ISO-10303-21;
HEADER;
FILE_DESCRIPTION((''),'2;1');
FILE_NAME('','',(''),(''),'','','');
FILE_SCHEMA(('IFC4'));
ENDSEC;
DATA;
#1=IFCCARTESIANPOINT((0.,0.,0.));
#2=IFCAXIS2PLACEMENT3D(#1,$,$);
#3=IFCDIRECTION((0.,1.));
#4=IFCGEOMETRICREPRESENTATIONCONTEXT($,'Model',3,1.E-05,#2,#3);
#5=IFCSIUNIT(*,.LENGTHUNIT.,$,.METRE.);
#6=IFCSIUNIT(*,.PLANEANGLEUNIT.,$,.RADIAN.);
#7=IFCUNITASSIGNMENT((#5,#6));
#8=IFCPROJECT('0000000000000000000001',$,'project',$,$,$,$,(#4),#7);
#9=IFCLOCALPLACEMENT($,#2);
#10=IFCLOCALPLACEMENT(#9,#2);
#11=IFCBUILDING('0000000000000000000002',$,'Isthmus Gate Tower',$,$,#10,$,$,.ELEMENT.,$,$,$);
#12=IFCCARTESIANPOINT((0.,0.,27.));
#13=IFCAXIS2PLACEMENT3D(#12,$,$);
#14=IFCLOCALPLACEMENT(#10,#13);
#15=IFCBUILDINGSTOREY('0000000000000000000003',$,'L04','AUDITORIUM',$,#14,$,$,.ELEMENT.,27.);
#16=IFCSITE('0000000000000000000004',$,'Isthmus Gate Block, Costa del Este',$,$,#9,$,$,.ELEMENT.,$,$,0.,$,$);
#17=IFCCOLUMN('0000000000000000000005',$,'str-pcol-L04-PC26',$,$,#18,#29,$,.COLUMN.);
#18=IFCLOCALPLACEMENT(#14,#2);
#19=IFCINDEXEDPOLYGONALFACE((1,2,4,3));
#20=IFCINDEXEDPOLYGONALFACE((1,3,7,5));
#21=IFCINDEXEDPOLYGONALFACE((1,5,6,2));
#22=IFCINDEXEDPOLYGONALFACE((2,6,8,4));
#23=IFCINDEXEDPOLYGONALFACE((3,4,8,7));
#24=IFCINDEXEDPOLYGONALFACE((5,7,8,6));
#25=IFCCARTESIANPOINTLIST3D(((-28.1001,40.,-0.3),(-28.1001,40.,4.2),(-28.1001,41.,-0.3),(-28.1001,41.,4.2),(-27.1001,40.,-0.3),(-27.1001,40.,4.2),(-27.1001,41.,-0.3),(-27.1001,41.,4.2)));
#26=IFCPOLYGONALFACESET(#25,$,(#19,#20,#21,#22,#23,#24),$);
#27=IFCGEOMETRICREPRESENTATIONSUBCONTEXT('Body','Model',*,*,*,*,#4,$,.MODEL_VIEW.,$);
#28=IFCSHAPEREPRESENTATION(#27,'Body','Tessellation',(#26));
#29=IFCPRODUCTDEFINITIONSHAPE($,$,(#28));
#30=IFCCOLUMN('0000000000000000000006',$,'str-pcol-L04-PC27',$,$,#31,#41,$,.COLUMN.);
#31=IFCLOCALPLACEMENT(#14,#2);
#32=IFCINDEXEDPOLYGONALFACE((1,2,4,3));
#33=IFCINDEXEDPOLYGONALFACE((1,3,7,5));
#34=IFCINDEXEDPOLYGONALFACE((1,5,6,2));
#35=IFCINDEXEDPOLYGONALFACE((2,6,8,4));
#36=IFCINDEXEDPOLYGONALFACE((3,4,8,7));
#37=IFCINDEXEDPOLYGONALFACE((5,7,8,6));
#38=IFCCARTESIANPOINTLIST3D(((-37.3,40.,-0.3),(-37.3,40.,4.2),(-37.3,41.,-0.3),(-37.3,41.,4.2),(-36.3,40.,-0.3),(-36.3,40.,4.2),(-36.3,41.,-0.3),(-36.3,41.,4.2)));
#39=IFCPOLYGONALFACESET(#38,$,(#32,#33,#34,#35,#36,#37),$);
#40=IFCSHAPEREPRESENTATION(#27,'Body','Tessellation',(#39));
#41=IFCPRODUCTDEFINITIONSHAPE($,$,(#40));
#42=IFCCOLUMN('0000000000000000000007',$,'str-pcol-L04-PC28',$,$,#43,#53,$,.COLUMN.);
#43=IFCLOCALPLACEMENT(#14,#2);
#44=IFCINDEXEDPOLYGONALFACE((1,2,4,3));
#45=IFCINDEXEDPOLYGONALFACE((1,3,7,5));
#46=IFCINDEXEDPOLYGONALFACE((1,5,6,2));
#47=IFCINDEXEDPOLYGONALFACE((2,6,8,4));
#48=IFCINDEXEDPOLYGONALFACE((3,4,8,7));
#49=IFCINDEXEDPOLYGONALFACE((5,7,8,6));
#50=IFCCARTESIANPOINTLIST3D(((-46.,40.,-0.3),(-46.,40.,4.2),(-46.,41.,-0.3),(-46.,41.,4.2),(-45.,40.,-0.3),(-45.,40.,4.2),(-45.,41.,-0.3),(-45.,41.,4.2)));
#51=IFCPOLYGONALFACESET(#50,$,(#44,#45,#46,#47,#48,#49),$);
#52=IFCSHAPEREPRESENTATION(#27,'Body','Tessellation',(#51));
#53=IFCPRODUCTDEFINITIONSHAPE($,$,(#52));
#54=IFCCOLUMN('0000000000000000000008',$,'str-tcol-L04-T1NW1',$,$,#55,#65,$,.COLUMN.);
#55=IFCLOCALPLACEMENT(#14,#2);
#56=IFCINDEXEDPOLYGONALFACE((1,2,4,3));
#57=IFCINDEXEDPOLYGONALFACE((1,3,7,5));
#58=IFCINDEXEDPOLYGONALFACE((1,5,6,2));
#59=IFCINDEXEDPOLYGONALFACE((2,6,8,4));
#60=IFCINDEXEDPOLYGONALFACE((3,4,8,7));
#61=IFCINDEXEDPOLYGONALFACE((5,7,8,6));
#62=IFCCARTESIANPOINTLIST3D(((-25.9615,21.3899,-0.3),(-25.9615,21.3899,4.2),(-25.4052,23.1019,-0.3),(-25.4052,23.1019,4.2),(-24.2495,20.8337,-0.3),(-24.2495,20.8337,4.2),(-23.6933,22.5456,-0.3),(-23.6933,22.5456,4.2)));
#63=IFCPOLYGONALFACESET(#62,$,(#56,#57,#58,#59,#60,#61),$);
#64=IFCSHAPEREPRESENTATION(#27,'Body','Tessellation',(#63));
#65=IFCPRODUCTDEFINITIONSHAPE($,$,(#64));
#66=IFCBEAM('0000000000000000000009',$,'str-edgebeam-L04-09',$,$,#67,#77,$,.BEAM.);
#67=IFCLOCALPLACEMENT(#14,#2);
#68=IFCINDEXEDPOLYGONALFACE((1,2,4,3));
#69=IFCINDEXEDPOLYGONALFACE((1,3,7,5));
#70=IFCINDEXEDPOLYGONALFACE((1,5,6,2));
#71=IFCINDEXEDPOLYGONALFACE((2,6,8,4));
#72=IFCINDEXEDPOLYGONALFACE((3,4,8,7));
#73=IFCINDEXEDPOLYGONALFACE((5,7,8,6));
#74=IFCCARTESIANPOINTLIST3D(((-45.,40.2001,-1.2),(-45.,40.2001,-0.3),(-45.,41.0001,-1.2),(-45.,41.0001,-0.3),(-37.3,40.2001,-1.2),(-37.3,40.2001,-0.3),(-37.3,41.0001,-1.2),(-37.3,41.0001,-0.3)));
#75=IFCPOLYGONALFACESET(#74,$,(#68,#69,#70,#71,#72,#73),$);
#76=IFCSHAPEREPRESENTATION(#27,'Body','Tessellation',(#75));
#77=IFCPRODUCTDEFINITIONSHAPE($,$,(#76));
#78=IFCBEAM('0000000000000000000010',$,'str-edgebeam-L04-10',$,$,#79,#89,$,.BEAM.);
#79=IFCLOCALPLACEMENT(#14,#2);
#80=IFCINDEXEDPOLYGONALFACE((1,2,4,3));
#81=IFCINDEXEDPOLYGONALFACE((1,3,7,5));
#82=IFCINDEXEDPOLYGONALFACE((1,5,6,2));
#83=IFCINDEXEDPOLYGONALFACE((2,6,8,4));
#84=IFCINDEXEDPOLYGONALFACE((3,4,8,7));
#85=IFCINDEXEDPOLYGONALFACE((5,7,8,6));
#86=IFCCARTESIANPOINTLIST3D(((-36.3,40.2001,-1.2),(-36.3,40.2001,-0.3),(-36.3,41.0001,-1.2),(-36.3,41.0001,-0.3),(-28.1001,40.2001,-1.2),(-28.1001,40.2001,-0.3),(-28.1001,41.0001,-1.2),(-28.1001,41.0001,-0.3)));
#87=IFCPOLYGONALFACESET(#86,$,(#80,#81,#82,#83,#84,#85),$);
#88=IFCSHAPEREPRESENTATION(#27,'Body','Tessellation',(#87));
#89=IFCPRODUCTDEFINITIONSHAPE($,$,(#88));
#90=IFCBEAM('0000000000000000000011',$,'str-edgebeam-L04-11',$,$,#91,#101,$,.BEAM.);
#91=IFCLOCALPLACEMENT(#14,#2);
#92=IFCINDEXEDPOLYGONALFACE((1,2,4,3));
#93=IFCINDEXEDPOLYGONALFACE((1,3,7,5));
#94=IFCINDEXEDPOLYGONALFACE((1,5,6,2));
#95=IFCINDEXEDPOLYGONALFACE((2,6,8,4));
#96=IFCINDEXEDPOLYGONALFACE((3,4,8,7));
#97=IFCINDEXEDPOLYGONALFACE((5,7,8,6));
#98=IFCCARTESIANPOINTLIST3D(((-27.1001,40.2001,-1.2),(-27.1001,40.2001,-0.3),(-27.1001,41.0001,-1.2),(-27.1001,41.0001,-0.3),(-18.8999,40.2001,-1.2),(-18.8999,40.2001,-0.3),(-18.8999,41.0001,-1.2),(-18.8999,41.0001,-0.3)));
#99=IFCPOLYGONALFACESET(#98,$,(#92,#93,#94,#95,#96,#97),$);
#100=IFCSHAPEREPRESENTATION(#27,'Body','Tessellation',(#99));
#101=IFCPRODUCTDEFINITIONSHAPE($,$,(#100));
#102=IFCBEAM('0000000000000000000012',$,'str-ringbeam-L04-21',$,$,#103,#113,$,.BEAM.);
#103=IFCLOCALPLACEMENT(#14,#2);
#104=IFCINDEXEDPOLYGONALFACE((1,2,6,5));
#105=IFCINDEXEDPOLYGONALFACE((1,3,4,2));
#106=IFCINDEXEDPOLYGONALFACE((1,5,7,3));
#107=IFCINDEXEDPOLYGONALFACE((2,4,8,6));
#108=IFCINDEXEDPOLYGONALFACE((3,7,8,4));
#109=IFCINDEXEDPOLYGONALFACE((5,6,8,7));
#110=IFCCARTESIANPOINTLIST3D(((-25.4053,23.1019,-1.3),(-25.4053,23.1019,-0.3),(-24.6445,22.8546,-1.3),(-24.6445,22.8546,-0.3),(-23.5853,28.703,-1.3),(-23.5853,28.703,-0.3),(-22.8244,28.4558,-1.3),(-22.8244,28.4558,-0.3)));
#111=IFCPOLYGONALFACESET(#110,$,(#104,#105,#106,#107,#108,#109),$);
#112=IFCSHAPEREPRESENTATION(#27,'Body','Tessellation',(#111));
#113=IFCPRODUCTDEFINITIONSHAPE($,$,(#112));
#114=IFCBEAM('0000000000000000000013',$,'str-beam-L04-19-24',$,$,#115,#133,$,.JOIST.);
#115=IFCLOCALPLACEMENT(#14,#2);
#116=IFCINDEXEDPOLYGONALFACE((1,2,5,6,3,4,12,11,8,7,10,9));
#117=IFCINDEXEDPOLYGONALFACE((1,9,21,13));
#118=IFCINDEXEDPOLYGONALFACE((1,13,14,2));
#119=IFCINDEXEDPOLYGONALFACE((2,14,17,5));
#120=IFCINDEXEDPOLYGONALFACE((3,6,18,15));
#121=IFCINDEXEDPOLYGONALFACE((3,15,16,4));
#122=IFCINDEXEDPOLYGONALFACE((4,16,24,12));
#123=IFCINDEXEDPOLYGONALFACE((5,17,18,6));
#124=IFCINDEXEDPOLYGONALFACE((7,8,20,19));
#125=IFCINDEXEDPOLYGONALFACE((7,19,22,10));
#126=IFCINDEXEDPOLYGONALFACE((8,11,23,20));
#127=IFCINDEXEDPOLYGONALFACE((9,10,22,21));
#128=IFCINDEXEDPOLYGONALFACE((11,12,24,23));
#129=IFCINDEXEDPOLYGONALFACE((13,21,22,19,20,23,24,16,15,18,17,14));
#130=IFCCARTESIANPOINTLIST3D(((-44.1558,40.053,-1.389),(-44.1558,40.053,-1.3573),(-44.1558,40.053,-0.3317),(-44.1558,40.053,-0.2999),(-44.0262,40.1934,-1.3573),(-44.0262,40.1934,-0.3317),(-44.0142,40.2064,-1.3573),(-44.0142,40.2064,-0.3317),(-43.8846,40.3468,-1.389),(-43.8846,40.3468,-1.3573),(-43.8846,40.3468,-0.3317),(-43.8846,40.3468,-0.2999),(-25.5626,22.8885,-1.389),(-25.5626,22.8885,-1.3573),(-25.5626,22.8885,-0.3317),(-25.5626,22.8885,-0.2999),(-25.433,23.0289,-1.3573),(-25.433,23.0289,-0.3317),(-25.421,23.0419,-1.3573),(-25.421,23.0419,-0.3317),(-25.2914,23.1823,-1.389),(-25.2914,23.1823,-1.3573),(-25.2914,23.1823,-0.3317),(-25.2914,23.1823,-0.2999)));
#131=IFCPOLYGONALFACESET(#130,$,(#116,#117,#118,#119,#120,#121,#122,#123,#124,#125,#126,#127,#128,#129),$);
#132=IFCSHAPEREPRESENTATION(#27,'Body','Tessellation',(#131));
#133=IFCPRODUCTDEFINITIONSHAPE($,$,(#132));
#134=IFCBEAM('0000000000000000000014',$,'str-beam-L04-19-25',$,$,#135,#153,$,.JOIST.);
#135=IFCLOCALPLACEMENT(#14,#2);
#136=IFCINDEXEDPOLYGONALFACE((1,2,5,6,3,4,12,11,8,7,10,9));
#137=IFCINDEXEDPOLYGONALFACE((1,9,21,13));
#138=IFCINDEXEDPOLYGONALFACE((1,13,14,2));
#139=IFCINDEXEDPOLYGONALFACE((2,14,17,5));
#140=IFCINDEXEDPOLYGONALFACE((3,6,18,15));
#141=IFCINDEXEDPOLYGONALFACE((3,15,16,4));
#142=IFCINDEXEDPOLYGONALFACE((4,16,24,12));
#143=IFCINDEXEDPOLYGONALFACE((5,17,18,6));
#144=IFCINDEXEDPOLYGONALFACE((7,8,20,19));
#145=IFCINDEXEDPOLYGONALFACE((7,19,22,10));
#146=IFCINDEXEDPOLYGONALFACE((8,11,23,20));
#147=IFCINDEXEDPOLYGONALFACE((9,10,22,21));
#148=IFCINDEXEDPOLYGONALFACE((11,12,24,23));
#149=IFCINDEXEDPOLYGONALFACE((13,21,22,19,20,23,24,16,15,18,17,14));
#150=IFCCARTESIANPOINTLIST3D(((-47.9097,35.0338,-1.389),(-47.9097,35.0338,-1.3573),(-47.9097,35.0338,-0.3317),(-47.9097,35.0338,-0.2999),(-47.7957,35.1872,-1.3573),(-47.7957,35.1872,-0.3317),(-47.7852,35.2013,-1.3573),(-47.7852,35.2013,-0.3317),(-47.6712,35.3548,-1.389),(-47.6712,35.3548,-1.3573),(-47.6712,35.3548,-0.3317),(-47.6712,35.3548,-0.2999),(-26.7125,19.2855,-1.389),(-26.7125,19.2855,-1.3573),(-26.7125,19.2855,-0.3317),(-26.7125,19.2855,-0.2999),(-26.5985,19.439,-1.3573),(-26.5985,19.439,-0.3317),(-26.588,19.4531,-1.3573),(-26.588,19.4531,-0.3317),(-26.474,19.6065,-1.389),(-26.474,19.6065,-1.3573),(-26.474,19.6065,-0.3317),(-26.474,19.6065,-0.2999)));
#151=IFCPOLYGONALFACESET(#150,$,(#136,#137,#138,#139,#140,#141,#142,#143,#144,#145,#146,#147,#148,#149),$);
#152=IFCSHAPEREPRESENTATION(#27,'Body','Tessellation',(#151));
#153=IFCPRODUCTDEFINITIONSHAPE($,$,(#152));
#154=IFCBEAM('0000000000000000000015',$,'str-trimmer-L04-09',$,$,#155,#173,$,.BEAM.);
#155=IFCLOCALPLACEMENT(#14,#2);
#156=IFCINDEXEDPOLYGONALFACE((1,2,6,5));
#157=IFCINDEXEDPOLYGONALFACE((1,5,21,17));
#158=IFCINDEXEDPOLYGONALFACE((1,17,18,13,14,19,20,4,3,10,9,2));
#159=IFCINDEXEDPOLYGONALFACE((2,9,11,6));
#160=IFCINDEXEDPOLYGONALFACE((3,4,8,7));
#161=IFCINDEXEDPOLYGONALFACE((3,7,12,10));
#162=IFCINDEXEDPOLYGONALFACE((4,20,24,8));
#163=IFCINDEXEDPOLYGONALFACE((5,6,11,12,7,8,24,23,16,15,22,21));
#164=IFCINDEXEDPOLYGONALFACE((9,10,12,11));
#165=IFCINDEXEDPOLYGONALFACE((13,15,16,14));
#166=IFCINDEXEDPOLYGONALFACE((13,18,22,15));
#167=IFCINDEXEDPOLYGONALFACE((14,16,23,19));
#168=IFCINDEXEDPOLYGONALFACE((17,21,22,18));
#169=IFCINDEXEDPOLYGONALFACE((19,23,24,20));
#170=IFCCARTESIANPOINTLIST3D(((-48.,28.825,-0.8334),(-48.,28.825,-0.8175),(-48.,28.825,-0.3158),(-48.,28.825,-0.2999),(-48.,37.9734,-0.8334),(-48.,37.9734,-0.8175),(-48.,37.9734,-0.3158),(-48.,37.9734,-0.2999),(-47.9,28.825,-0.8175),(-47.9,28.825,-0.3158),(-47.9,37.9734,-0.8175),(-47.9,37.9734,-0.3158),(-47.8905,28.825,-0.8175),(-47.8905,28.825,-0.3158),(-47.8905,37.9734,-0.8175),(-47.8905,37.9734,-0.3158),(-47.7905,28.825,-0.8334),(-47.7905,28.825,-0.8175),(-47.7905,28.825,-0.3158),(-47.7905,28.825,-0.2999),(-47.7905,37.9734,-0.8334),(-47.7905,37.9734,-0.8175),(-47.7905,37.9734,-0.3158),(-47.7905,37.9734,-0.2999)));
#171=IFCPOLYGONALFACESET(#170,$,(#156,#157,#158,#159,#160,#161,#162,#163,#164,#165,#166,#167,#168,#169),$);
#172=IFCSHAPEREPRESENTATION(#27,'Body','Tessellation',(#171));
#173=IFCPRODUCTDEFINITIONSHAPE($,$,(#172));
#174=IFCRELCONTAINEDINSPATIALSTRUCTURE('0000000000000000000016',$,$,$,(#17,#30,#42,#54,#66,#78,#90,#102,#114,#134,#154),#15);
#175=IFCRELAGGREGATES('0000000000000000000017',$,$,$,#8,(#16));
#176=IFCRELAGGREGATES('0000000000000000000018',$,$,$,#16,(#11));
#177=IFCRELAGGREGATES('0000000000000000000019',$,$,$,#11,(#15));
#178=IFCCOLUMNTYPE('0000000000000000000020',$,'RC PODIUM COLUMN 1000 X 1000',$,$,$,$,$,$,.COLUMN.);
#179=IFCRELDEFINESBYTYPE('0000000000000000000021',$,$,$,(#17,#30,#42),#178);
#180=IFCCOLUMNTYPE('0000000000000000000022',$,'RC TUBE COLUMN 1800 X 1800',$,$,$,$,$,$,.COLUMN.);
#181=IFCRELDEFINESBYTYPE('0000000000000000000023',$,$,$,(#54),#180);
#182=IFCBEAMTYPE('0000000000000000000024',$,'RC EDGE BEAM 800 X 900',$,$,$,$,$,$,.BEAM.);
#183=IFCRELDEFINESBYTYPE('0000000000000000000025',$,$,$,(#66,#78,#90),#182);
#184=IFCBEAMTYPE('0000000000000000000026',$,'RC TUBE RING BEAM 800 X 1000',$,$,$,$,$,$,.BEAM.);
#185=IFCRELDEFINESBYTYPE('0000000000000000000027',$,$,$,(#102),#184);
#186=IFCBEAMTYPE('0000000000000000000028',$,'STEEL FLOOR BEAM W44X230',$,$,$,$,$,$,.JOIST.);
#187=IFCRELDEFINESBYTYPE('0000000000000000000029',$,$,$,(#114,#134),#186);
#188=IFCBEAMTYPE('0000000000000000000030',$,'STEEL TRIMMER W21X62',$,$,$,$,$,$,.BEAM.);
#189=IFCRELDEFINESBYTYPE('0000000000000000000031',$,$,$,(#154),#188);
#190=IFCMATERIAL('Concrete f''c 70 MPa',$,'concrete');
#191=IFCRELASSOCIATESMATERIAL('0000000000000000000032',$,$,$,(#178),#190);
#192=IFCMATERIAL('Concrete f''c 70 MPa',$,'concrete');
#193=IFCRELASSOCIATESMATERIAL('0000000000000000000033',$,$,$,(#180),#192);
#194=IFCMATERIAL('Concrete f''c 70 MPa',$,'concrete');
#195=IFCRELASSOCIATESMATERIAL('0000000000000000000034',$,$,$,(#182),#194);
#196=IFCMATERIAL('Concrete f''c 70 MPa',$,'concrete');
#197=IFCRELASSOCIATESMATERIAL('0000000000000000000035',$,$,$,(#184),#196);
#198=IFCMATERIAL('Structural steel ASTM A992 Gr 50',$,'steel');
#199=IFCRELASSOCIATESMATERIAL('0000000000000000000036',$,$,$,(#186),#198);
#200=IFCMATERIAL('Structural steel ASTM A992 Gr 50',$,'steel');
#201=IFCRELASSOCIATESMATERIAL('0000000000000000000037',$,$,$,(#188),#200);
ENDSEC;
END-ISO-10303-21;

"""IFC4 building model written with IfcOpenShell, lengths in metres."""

from ifc_helpers import new_model, si_unit, direction, frame, origin, origin_2d, place, context, subcontext, project, spatial, rectangle, i_section, extrude, material, material_profile, profile_set, type_object, element, save


model = new_model("IFC4")

# Units and contexts
model_context = context("Model", 3, precision=1e-05, world=origin(), true_north=direction((0.0, 1.0)))
body_context = subcontext(model_context, "Body", "Model", "MODEL_VIEW")
ifc_project = project(units=[si_unit("LENGTHUNIT", "METRE"), si_unit("PLANEANGLEUNIT", "RADIAN")], contexts=[model_context])

# Site, building, storey
site_placement = place(None, origin())
site = spatial("IfcSite", under=ifc_project, at=site_placement, Name="Isthmus Gate Block, Costa del Este", CompositionType="ELEMENT", RefElevation=0.0)
building_placement = place(site_placement, origin())
building = spatial("IfcBuilding", under=site, at=building_placement, Name="Isthmus Gate Tower", CompositionType="ELEMENT")
storey_placement = place(building_placement, frame((0.0, 0.0, 27.0)))
storey = spatial("IfcBuildingStorey", under=building, at=storey_placement, Name="L04", Description="AUDITORIUM", CompositionType="ELEMENT", Elevation=27.0)

# Columns
ifc_material_1 = material(Name="Concrete f'c 70 MPa", Category="concrete")
ifc_material_profile_1 = material_profile(ifc_material_1, rectangle(XDim=1.0, YDim=1.0, at=origin_2d()), Name="RC 1000X1000")
ifc_profile_set_1 = profile_set([ifc_material_profile_1], Name="Concrete f'c 70 MPa")
column_type_1 = type_object("IfcColumnType", Name="RC PODIUM COLUMN 1000 X 1000", PredefinedType="COLUMN", material=ifc_profile_set_1)
for number, where, z_axis, x_axis, name in (
    (1, (-27.6001, 40.5, -0.3), (0.0, 0.0, 1.0), (-1.0, 0.0, 0.0), "str-pcol-L04-PC26"),
    (2, (-36.8, 40.5, -0.3), (0.0, 0.0, 1.0), (-1.0, 0.0, 0.0), "str-pcol-L04-PC27"),
    (3, (-45.5, 40.5, -0.3), (0.0, 0.0, 1.0), (-1.0, 0.0, 0.0), "str-pcol-L04-PC28"),
):
    element("IfcColumn", number, at=place(storey_placement, frame(where, z_axis=z_axis, x_axis=x_axis)), inside=storey, type_object=column_type_1, Name=name, PredefinedType="COLUMN", context=body_context, shape_type="SweptSolid", body=[
        extrude(rectangle(XDim=1.0, YDim=1.0, at=origin_2d()), origin(), (0.0, 0.0, 1.0), 4.5),
    ])
ifc_material_2 = material(Name="Concrete f'c 70 MPa", Category="concrete")
ifc_material_profile_2 = material_profile(ifc_material_2, rectangle(XDim=1.8, YDim=1.8, at=origin_2d()), Name="RC 1800X1800")
ifc_profile_set_2 = profile_set([ifc_material_profile_2], Name="Concrete f'c 70 MPa")
column_type_2 = type_object("IfcColumnType", Name="RC TUBE COLUMN 1800 X 1800", PredefinedType="COLUMN", material=ifc_profile_set_2)
column_placement = place(storey_placement, frame((-24.8274, 21.9678, -0.3), z_axis=(0.0, 0.0, 1.0), x_axis=(-0.309017, -0.951057, 0.0)))
element("IfcColumn", 4, at=column_placement, inside=storey, type_object=column_type_2, Name="str-tcol-L04-T1NW1", PredefinedType="COLUMN", context=body_context, shape_type="SweptSolid", body=[
    extrude(rectangle(XDim=1.8, YDim=1.8, at=origin_2d()), origin(), (0.0, 0.0, 1.0), 4.5),
])

# Beams
ifc_material_3 = material(Name="Concrete f'c 70 MPa", Category="concrete")
ifc_material_profile_3 = material_profile(ifc_material_3, rectangle(XDim=0.8, YDim=0.8999, at=origin_2d()), Name="RC 800X900")
ifc_profile_set_3 = profile_set([ifc_material_profile_3], Name="Concrete f'c 70 MPa")
beam_type_1 = type_object("IfcBeamType", Name="RC EDGE BEAM 800 X 900", PredefinedType="BEAM", material=ifc_profile_set_3)
beam_1_placement = place(storey_placement, frame((-45.0, 40.6001, -0.75), z_axis=(1.0, 0.0, 0.0), x_axis=(0.0, 1.0, 0.0)))
element("IfcBeam", 5, at=beam_1_placement, inside=storey, type_object=beam_type_1, Name="str-edgebeam-L04-09", PredefinedType="BEAM", context=body_context, shape_type="SweptSolid", body=[
    extrude(rectangle(XDim=0.8, YDim=0.8999, at=origin_2d()), origin(), (0.0, 0.0, 1.0), 7.7),
])
beam_2_placement = place(storey_placement, frame((-36.3, 40.6001, -0.75), z_axis=(1.0, 0.0, 0.0), x_axis=(0.0, 1.0, 0.0)))
element("IfcBeam", 6, at=beam_2_placement, inside=storey, type_object=beam_type_1, Name="str-edgebeam-L04-10", PredefinedType="BEAM", context=body_context, shape_type="SweptSolid", body=[
    extrude(rectangle(XDim=0.8, YDim=0.8999, at=origin_2d()), origin(), (0.0, 0.0, 1.0), 8.2),
])
beam_3_placement = place(storey_placement, frame((-27.1001, 40.6001, -0.75), z_axis=(1.0, 0.0, 0.0), x_axis=(0.0, 1.0, 0.0)))
element("IfcBeam", 7, at=beam_3_placement, inside=storey, type_object=beam_type_1, Name="str-edgebeam-L04-11", PredefinedType="BEAM", context=body_context, shape_type="SweptSolid", body=[
    extrude(rectangle(XDim=0.8, YDim=0.8999, at=origin_2d()), origin(), (0.0, 0.0, 1.0), 8.2002),
])
ifc_material_4 = material(Name="Concrete f'c 70 MPa", Category="concrete")
ifc_material_profile_4 = material_profile(ifc_material_4, rectangle(XDim=0.8, YDim=1.0, at=origin_2d()), Name="RC 800X1000")
ifc_profile_set_4 = profile_set([ifc_material_profile_4], Name="Concrete f'c 70 MPa")
beam_type_2 = type_object("IfcBeamType", Name="RC TUBE RING BEAM 800 X 1000", PredefinedType="BEAM", material=ifc_profile_set_4)
beam_4_placement = place(storey_placement, frame((-25.0249, 22.9783, -0.8), z_axis=(0.309043, 0.951048, 0.0), x_axis=(-0.951048, 0.309043, 0.0)))
element("IfcBeam", 8, at=beam_4_placement, inside=storey, type_object=beam_type_2, Name="str-ringbeam-L04-21", PredefinedType="BEAM", context=body_context, shape_type="SweptSolid", body=[
    extrude(rectangle(XDim=0.8, YDim=1.0, at=origin_2d()), origin(), (0.0, 0.0, 1.0), 5.8894),
])
ifc_material_5 = material(Name="Structural steel ASTM A992 Gr 50", Category="steel")
ifc_material_profile_5 = material_profile(ifc_material_5, i_section(OverallWidth=0.3999, OverallDepth=1.0891, WebThickness=0.0176, FlangeThickness=0.0317, at=origin_2d()), Name="W44X230")
ifc_profile_set_5 = profile_set([ifc_material_profile_5], Name="Structural steel ASTM A992 Gr 50")
beam_type_3 = type_object("IfcBeamType", Name="STEEL FLOOR BEAM W44X230", PredefinedType="JOIST", material=ifc_profile_set_5)
beam_5_placement = place(storey_placement, frame((-25.427, 23.0354, -0.8445), z_axis=(-0.734773, 0.678313, 0.0), x_axis=(-0.678313, -0.734773, 0.0)))
element("IfcBeam", 9, at=beam_5_placement, inside=storey, type_object=beam_type_3, Name="str-beam-L04-19-24", PredefinedType="JOIST", context=body_context, shape_type="SweptSolid", body=[
    extrude(i_section(OverallWidth=0.3999, OverallDepth=1.0891, WebThickness=0.0176, FlangeThickness=0.0317, at=origin_2d()), origin(), (0.0, 0.0, 1.0), 25.3047),
])
beam_6_placement = place(storey_placement, frame((-26.5933, 19.446, -0.8445), z_axis=(-0.802712, 0.596367, 0.0), x_axis=(-0.596367, -0.802712, 0.0)))
element("IfcBeam", 10, at=beam_6_placement, inside=storey, type_object=beam_type_3, Name="str-beam-L04-19-25", PredefinedType="JOIST", context=body_context, shape_type="SweptSolid", body=[
    extrude(i_section(OverallWidth=0.3999, OverallDepth=1.0891, WebThickness=0.0176, FlangeThickness=0.0317, at=origin_2d()), origin(), (0.0, 0.0, 1.0), 26.407),
])
ifc_material_6 = material(Name="Structural steel ASTM A992 Gr 50", Category="steel")
ifc_material_profile_6 = material_profile(ifc_material_6, i_section(OverallWidth=0.2095, OverallDepth=0.5334, WebThickness=0.0095, FlangeThickness=0.0159, at=origin_2d()), Name="W21X62")
ifc_profile_set_6 = profile_set([ifc_material_profile_6], Name="Structural steel ASTM A992 Gr 50")
beam_type_4 = type_object("IfcBeamType", Name="STEEL TRIMMER W21X62", PredefinedType="BEAM", material=ifc_profile_set_6)
beam_7_placement = place(storey_placement, frame((-47.8953, 28.825, -0.5667), z_axis=(0.0, 1.0, 0.0), x_axis=(-1.0, 0.0, 0.0)))
element("IfcBeam", 11, at=beam_7_placement, inside=storey, type_object=beam_type_4, Name="str-trimmer-L04-09", PredefinedType="BEAM", context=body_context, shape_type="SweptSolid", body=[
    extrude(i_section(OverallWidth=0.2095, OverallDepth=0.5334, WebThickness=0.0095, FlangeThickness=0.0159, at=origin_2d()), origin(), (0.0, 0.0, 1.0), 9.1484),
])

save(model, "model.ifc")
